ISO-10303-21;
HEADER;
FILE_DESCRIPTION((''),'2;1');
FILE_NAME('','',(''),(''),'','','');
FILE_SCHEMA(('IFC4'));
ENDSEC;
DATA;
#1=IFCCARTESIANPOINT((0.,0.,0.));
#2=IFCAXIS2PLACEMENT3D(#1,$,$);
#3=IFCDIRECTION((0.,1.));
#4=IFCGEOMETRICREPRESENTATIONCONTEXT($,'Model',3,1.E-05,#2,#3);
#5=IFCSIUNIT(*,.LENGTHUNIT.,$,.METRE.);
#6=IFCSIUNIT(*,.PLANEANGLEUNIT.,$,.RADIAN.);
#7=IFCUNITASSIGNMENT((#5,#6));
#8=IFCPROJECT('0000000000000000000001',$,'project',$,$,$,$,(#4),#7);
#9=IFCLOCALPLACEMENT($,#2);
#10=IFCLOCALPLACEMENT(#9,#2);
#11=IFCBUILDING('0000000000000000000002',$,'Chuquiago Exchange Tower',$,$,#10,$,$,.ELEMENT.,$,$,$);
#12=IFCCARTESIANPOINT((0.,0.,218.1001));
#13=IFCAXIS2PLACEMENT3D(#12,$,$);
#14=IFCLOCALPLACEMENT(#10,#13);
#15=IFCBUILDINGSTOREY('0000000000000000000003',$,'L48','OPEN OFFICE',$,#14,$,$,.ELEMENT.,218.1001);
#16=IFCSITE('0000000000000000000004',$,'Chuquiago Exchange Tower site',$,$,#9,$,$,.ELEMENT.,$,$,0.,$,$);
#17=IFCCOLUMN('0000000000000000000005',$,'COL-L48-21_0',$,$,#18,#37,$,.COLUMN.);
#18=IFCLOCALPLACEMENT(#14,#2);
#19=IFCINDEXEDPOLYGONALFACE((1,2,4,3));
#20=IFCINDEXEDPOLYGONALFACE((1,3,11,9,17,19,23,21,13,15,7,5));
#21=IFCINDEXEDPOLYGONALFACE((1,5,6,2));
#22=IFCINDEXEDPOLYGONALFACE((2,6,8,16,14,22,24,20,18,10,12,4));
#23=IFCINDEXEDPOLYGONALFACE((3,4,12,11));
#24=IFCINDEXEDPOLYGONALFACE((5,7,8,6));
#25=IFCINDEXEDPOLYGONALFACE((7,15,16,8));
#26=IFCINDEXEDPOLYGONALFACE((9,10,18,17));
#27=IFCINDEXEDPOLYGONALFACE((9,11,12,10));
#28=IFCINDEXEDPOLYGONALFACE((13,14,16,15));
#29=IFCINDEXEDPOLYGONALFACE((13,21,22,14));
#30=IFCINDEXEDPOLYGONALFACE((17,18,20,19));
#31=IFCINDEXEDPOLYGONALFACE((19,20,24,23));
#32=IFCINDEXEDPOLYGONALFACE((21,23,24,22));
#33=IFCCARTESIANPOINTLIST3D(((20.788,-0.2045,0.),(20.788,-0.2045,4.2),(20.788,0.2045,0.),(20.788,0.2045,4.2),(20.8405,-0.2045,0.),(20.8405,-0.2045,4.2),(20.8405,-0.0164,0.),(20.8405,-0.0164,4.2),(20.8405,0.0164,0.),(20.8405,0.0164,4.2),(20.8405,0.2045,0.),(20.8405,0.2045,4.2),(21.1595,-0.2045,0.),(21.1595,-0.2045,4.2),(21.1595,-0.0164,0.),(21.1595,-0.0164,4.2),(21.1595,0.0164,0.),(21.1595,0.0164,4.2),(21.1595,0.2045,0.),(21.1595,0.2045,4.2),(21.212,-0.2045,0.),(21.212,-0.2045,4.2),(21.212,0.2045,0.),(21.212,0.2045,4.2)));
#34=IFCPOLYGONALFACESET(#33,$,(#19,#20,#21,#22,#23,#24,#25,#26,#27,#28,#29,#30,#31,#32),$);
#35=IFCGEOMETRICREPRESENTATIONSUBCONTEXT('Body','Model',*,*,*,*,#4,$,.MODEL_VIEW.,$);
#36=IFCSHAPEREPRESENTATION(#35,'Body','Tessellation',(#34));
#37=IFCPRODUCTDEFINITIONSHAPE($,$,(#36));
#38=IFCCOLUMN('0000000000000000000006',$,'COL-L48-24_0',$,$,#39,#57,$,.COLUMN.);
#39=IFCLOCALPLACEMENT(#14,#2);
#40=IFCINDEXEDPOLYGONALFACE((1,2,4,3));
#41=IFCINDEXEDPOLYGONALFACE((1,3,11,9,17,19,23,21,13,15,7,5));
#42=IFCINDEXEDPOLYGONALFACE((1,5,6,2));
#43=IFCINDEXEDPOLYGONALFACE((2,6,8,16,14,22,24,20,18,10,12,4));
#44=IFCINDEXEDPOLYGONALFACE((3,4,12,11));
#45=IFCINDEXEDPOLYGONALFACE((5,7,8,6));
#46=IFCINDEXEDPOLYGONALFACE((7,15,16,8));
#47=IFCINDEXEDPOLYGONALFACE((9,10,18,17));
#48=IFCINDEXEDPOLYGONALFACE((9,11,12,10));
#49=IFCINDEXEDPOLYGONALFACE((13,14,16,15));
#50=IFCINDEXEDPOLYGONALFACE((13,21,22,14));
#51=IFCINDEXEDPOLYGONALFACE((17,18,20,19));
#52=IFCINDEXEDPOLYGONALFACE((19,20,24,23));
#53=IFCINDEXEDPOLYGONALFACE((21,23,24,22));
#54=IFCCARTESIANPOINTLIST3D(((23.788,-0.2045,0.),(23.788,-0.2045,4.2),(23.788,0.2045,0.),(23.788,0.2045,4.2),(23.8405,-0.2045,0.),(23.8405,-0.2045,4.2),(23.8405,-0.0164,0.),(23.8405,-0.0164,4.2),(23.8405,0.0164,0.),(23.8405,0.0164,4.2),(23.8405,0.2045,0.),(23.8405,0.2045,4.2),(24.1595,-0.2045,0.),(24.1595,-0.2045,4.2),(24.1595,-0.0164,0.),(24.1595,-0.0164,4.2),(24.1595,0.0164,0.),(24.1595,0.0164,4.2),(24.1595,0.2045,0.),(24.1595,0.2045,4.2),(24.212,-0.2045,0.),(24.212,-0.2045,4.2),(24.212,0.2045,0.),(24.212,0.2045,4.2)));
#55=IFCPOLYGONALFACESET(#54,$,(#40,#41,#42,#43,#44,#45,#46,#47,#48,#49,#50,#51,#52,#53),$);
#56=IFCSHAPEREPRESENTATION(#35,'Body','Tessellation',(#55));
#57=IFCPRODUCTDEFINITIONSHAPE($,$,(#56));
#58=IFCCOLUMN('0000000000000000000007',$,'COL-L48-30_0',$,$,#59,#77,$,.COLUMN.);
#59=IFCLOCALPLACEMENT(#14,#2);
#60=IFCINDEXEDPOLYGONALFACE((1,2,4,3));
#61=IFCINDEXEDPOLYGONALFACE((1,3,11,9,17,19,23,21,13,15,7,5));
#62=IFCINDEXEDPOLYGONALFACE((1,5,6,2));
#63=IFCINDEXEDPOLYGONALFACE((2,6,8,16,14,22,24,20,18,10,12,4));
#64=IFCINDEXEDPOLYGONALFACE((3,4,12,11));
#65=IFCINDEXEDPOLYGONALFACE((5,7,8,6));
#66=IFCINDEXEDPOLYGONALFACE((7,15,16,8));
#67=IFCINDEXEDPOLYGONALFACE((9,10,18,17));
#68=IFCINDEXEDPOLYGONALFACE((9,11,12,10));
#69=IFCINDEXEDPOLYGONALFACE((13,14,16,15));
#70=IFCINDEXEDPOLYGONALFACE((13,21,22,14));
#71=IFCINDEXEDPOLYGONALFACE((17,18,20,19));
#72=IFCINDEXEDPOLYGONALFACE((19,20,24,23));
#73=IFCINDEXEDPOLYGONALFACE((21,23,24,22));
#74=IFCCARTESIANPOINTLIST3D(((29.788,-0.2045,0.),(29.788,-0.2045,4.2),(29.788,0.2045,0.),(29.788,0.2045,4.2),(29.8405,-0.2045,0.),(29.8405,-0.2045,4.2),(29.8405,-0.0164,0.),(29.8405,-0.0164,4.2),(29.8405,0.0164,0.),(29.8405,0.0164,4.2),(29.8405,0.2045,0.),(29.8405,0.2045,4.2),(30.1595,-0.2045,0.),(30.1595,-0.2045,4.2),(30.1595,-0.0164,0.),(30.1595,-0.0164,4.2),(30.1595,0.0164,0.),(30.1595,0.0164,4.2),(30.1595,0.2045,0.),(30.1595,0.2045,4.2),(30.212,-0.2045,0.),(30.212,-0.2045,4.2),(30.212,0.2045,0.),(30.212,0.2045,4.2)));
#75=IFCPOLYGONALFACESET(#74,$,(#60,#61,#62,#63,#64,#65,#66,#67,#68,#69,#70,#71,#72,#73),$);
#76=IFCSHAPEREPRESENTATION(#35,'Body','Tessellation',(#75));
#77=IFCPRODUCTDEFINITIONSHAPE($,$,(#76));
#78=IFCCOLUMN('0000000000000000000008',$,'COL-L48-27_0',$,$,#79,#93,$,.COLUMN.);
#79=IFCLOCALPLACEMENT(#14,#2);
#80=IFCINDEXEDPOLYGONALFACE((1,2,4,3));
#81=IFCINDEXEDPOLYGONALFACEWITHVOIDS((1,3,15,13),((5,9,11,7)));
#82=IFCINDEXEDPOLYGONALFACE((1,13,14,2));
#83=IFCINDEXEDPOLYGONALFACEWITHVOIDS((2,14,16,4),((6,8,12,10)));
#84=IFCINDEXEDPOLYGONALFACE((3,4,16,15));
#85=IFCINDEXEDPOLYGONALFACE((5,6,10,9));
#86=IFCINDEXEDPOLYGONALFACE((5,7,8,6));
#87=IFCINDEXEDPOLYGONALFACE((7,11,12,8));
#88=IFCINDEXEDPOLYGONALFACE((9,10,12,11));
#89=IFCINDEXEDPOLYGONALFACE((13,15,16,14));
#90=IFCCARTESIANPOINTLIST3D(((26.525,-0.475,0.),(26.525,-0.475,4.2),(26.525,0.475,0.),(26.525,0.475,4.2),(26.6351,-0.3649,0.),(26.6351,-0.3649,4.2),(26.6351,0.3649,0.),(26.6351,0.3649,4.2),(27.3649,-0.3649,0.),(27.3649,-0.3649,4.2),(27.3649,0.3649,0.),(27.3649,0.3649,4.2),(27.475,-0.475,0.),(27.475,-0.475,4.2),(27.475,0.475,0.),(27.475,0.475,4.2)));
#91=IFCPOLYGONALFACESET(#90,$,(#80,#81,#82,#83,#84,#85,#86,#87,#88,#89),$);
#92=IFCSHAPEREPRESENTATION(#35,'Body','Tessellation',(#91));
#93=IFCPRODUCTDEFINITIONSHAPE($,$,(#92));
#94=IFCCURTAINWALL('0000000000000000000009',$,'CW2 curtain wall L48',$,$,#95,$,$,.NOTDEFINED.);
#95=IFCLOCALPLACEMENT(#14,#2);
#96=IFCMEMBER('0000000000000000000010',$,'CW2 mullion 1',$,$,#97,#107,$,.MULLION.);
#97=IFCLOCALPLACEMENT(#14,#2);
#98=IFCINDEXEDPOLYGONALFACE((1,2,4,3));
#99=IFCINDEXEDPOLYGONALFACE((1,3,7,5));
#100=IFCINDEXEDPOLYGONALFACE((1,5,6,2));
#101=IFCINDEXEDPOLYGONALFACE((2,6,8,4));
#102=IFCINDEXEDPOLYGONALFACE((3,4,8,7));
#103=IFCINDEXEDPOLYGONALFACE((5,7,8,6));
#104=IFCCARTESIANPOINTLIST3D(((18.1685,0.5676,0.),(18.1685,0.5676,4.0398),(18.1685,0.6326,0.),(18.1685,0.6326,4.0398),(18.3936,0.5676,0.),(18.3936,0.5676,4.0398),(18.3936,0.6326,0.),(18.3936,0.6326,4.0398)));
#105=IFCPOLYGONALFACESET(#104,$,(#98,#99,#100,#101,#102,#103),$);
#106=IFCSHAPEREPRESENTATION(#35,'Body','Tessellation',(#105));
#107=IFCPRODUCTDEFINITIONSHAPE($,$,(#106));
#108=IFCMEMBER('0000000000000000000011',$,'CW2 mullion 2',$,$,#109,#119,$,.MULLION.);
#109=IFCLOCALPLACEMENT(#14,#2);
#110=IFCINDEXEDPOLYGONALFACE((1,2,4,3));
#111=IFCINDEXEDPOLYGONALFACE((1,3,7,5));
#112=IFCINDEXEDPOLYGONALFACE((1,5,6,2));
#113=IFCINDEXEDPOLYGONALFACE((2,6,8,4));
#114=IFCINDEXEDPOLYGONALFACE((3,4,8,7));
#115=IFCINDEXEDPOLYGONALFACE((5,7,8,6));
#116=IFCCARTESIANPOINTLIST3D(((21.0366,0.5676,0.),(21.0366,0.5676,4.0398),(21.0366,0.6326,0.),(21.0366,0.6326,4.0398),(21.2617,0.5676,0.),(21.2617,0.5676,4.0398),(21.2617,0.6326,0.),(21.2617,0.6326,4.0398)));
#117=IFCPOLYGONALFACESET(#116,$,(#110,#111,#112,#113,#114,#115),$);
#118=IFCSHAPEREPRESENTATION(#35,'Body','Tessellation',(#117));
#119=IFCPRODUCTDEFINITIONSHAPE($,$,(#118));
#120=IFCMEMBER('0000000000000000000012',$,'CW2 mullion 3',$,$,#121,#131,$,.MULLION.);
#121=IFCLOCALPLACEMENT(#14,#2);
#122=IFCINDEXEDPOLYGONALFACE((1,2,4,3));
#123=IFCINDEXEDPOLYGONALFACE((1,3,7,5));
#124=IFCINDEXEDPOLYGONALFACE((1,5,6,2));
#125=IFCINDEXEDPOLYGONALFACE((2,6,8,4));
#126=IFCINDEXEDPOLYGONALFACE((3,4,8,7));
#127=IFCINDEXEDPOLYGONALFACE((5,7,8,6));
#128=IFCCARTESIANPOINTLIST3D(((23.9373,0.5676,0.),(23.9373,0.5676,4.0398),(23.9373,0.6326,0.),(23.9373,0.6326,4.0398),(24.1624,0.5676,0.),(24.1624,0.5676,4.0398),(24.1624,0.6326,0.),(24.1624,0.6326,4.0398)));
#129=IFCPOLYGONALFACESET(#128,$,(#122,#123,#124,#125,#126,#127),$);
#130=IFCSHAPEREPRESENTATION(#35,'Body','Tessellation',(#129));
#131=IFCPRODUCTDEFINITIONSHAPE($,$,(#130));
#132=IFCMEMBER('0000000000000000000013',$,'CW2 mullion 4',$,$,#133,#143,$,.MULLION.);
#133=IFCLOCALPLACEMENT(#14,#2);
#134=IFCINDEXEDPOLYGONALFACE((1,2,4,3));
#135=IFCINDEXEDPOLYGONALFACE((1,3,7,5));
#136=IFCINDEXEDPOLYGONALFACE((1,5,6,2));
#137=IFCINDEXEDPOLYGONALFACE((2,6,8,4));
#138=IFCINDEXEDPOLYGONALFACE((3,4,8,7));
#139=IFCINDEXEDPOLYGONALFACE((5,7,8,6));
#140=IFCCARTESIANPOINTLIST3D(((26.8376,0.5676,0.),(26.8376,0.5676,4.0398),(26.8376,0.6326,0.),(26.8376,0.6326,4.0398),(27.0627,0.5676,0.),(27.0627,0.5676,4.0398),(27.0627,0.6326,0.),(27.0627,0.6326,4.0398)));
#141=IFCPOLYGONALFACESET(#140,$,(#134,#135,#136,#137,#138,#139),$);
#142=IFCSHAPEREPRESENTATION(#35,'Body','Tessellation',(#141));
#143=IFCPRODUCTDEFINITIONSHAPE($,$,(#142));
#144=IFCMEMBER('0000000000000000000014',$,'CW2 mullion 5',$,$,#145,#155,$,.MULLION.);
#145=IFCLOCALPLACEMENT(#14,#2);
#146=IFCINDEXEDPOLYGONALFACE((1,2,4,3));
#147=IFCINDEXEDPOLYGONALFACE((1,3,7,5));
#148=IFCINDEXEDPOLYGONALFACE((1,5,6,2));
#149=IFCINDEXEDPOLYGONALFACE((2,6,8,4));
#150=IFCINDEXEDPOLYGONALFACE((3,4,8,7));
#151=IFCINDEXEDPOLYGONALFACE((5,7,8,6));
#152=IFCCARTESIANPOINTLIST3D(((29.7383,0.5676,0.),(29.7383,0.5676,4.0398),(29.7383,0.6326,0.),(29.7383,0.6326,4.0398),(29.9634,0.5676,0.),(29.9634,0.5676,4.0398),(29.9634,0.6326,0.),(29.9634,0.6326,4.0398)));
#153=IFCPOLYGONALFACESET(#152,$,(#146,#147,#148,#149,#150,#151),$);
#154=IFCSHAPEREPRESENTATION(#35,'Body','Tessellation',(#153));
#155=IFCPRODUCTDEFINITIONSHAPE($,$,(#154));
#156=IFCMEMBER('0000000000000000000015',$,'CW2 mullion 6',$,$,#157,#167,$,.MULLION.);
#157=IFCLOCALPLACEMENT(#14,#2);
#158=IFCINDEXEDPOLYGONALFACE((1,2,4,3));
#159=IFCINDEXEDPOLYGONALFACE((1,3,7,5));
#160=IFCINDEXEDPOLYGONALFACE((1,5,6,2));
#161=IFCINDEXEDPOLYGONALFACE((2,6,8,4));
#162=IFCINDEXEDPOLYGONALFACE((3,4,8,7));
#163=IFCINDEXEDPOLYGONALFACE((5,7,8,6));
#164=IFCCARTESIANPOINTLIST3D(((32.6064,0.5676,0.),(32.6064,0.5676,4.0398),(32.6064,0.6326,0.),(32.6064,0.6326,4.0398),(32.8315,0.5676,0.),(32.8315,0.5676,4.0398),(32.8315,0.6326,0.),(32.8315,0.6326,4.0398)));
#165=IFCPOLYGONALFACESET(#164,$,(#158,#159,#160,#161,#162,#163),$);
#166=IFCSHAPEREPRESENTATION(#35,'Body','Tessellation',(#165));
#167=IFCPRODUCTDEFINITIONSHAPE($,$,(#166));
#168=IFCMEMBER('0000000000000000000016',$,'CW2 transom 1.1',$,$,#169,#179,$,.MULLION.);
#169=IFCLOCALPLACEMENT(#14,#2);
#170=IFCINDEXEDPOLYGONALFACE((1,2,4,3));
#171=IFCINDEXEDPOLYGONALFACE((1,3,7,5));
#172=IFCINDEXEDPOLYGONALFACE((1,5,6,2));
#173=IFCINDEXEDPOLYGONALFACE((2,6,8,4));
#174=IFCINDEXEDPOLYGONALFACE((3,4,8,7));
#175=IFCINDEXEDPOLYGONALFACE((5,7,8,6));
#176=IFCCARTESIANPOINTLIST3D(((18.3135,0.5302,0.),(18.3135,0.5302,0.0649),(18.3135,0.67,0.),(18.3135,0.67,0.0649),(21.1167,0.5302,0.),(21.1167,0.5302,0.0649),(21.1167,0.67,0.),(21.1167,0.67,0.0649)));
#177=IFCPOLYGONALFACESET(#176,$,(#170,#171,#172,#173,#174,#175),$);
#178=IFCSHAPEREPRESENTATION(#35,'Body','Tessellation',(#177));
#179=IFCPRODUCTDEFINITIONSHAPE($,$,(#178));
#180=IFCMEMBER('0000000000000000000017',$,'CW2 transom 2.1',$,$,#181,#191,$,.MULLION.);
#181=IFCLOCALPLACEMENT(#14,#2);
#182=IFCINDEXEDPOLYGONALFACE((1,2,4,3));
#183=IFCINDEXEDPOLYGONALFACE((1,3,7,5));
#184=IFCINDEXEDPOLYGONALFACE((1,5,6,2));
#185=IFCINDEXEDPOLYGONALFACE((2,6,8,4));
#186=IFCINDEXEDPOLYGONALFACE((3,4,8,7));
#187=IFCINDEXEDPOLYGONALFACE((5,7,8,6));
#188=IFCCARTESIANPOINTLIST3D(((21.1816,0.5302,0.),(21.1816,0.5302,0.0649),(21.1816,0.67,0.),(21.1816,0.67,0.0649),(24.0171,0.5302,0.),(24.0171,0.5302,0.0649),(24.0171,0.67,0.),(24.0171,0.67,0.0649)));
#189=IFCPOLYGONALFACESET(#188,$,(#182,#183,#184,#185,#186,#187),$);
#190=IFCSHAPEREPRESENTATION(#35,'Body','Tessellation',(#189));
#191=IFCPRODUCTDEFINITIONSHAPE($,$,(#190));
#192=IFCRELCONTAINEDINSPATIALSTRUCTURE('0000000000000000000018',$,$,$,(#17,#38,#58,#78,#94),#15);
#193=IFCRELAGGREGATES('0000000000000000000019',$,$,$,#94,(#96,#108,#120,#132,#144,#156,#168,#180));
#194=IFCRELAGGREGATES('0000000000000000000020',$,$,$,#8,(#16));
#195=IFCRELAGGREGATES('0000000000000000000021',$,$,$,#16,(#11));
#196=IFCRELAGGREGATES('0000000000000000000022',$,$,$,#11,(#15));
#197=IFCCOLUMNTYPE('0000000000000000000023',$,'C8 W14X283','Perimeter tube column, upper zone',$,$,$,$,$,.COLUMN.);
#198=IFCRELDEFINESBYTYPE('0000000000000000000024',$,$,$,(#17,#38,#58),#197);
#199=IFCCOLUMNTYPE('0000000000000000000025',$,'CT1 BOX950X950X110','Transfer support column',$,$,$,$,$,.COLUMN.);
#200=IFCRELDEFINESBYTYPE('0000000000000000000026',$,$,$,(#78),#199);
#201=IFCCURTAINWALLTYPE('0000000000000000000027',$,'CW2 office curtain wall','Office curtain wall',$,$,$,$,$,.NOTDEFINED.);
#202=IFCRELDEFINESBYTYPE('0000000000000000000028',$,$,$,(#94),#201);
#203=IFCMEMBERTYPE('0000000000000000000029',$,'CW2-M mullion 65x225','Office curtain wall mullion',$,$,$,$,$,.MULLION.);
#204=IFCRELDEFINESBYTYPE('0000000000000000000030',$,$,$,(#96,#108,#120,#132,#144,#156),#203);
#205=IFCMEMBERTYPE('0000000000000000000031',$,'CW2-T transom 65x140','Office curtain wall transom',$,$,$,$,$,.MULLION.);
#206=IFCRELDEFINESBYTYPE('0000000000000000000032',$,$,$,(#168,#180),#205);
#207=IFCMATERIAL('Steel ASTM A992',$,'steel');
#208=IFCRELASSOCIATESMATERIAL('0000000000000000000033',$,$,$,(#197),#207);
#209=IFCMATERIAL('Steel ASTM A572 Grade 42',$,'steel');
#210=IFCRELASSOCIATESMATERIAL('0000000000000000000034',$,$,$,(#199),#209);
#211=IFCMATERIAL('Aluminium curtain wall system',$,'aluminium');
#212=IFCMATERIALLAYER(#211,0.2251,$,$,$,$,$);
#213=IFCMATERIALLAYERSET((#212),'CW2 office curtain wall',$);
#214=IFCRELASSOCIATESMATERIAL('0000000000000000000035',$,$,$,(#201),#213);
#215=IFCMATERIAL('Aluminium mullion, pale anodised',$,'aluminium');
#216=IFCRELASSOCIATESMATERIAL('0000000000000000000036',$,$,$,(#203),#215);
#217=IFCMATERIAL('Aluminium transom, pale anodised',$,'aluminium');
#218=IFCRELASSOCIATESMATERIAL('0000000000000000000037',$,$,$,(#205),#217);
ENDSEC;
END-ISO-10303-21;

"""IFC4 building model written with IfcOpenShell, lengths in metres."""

from ifc_helpers import new_model, si_unit, direction, frame, origin, origin_2d, place, context, subcontext, project, spatial, rectangle, hollow_rectangle, i_section, extrude, material, layer, layer_set, material_profile, profile_set, type_object, element, aggregate, save


model = new_model("IFC4")

# Units and contexts
model_context = context("Model", 3, precision=1e-05, world=origin(), true_north=direction((0.0, 1.0)))
body_context = subcontext(model_context, "Body", "Model", "MODEL_VIEW")
ifc_project = project(units=[si_unit("LENGTHUNIT", "METRE"), si_unit("PLANEANGLEUNIT", "RADIAN")], contexts=[model_context])

# Site, building, storey
site_placement = place(None, origin())
site = spatial("IfcSite", under=ifc_project, at=site_placement, Name="Chuquiago Exchange Tower site", CompositionType="ELEMENT", RefElevation=0.0)
building_placement = place(site_placement, origin())
building = spatial("IfcBuilding", under=site, at=building_placement, Name="Chuquiago Exchange Tower", CompositionType="ELEMENT")
storey_placement = place(building_placement, frame((0.0, 0.0, 218.1001)))
storey = spatial("IfcBuildingStorey", under=building, at=storey_placement, Name="L48", Description="OPEN OFFICE", CompositionType="ELEMENT", Elevation=218.1001)

# Columns
ifc_material_1 = material(Name="Steel ASTM A992", Category="steel")
ifc_material_profile_1 = material_profile(ifc_material_1, i_section(OverallWidth=0.4089, OverallDepth=0.4241, WebThickness=0.0327, FlangeThickness=0.0525, at=origin_2d()), Name="W14X283")
ifc_profile_set_1 = profile_set([ifc_material_profile_1], Name="Steel ASTM A992")
column_type_1 = type_object("IfcColumnType", Name="C8 W14X283", Description="Perimeter tube column, upper zone", PredefinedType="COLUMN", material=ifc_profile_set_1)
for number, where, z_axis, x_axis, name in (
    (1, (21.0, 0.0, 0.0), (0.0, 0.0, 1.0), (0.0, -1.0, 0.0), "COL-L48-21_0"),
    (2, (24.0, 0.0, 0.0), (0.0, 0.0, 1.0), (0.0, -1.0, 0.0), "COL-L48-24_0"),
    (3, (30.0, 0.0, 0.0), (0.0, 0.0, 1.0), (0.0, -1.0, 0.0), "COL-L48-30_0"),
):
    element("IfcColumn", number, at=place(storey_placement, frame(where, z_axis=z_axis, x_axis=x_axis)), inside=storey, type_object=column_type_1, Name=name, PredefinedType="COLUMN", context=body_context, shape_type="SweptSolid", body=[
        extrude(i_section(OverallWidth=0.4089, OverallDepth=0.4241, WebThickness=0.0327, FlangeThickness=0.0525, at=origin_2d()), origin(), (0.0, 0.0, 1.0), 4.2),
    ])
ifc_material_2 = material(Name="Steel ASTM A572 Grade 42", Category="steel")
ifc_material_profile_2 = material_profile(ifc_material_2, hollow_rectangle(XDim=0.95, YDim=0.95, WallThickness=0.1101, at=origin_2d()), Name="BOX950X950X110")
ifc_profile_set_2 = profile_set([ifc_material_profile_2], Name="Steel ASTM A572 Grade 42")
column_type_2 = type_object("IfcColumnType", Name="CT1 BOX950X950X110", Description="Transfer support column", PredefinedType="COLUMN", material=ifc_profile_set_2)
column_placement = place(storey_placement, frame((27.0, 0.0, 0.0), z_axis=(0.0, 0.0, 1.0), x_axis=(0.0, -1.0, 0.0)))
element("IfcColumn", 4, at=column_placement, inside=storey, type_object=column_type_2, Name="COL-L48-27_0", PredefinedType="COLUMN", context=body_context, shape_type="SweptSolid", body=[
    extrude(hollow_rectangle(XDim=0.95, YDim=0.95, WallThickness=0.1101, at=origin_2d()), origin(), (0.0, 0.0, 1.0), 4.2),
])

# Curtain wall, members
ifc_material_3 = material(Name="Aluminium curtain wall system", Category="aluminium")
ifc_layer_1 = layer(ifc_material_3, 0.2251)
ifc_layer_set_1 = layer_set([ifc_layer_1], Name="CW2 office curtain wall")
curtain_wall_type_1 = type_object("IfcCurtainWallType", Name="CW2 office curtain wall", Description="Office curtain wall", PredefinedType="NOTDEFINED", material=ifc_layer_set_1)
curtain_wall_1_placement = place(storey_placement, origin())
curtain_wall_1 = element("IfcCurtainWall", 5, at=curtain_wall_1_placement, inside=storey, type_object=curtain_wall_type_1, Name="CW2 curtain wall L48", PredefinedType="NOTDEFINED")
ifc_material_4 = material(Name="Aluminium mullion, pale anodised", Category="aluminium")
ifc_material_profile_3 = material_profile(ifc_material_4, rectangle(XDim=0.0649, YDim=0.2251, at=origin_2d()), Name="AL 65x225")
ifc_profile_set_3 = profile_set([ifc_material_profile_3], Name="Aluminium mullion, pale anodised")
member_type_1 = type_object("IfcMemberType", Name="CW2-M mullion 65x225", Description="Office curtain wall mullion", PredefinedType="MULLION", material=ifc_profile_set_3)
member_1_placement = place(storey_placement, frame((18.281, 0.6001, 0.0), z_axis=(0.0, 0.0, 1.0), x_axis=(0.0, 1.0, 0.0)))
member_1 = element("IfcMember", 6, at=member_1_placement, type_object=member_type_1, Name="CW2 mullion 1", PredefinedType="MULLION", context=body_context, shape_type="SweptSolid", body=[
    extrude(rectangle(XDim=0.0649, YDim=0.2251, at=origin_2d()), origin(), (0.0, 0.0, 1.0), 4.0398),
])
member_2_placement = place(storey_placement, frame((21.1492, 0.6001, 0.0), z_axis=(0.0, 0.0, 1.0), x_axis=(0.0, 1.0, 0.0)))
member_2 = element("IfcMember", 7, at=member_2_placement, type_object=member_type_1, Name="CW2 mullion 2", PredefinedType="MULLION", context=body_context, shape_type="SweptSolid", body=[
    extrude(rectangle(XDim=0.0649, YDim=0.2251, at=origin_2d()), origin(), (0.0, 0.0, 1.0), 4.0398),
])
member_3_placement = place(storey_placement, frame((24.0498, 0.6001, 0.0), z_axis=(0.0, 0.0, 1.0), x_axis=(0.0, 1.0, 0.0)))
member_3 = element("IfcMember", 8, at=member_3_placement, type_object=member_type_1, Name="CW2 mullion 3", PredefinedType="MULLION", context=body_context, shape_type="SweptSolid", body=[
    extrude(rectangle(XDim=0.0649, YDim=0.2251, at=origin_2d()), origin(), (0.0, 0.0, 1.0), 4.0398),
])
member_4_placement = place(storey_placement, frame((26.9502, 0.6001, 0.0), z_axis=(0.0, 0.0, 1.0), x_axis=(0.0, 1.0, 0.0)))
member_4 = element("IfcMember", 9, at=member_4_placement, type_object=member_type_1, Name="CW2 mullion 4", PredefinedType="MULLION", context=body_context, shape_type="SweptSolid", body=[
    extrude(rectangle(XDim=0.0649, YDim=0.2251, at=origin_2d()), origin(), (0.0, 0.0, 1.0), 4.0398),
])
member_5_placement = place(storey_placement, frame((29.8508, 0.6001, 0.0), z_axis=(0.0, 0.0, 1.0), x_axis=(0.0, 1.0, 0.0)))
member_5 = element("IfcMember", 10, at=member_5_placement, type_object=member_type_1, Name="CW2 mullion 5", PredefinedType="MULLION", context=body_context, shape_type="SweptSolid", body=[
    extrude(rectangle(XDim=0.0649, YDim=0.2251, at=origin_2d()), origin(), (0.0, 0.0, 1.0), 4.0398),
])
member_6_placement = place(storey_placement, frame((32.719, 0.6001, 0.0), z_axis=(0.0, 0.0, 1.0), x_axis=(0.0, 1.0, 0.0)))
member_6 = element("IfcMember", 11, at=member_6_placement, type_object=member_type_1, Name="CW2 mullion 6", PredefinedType="MULLION", context=body_context, shape_type="SweptSolid", body=[
    extrude(rectangle(XDim=0.0649, YDim=0.2251, at=origin_2d()), origin(), (0.0, 0.0, 1.0), 4.0398),
])
ifc_material_5 = material(Name="Aluminium transom, pale anodised", Category="aluminium")
ifc_material_profile_4 = material_profile(ifc_material_5, rectangle(XDim=0.1399, YDim=0.0649, at=origin_2d()), Name="AL 140x65")
ifc_profile_set_4 = profile_set([ifc_material_profile_4], Name="Aluminium transom, pale anodised")
member_type_2 = type_object("IfcMemberType", Name="CW2-T transom 65x140", Description="Office curtain wall transom", PredefinedType="MULLION", material=ifc_profile_set_4)
member_7_placement = place(storey_placement, frame((18.3135, 0.6001, 0.0325), z_axis=(1.0, 0.0, 0.0), x_axis=(0.0, 1.0, 0.0)))
member_7 = element("IfcMember", 12, at=member_7_placement, type_object=member_type_2, Name="CW2 transom 1.1", PredefinedType="MULLION", context=body_context, shape_type="SweptSolid", body=[
    extrude(rectangle(XDim=0.1399, YDim=0.0649, at=origin_2d()), origin(), (0.0, 0.0, 1.0), 2.8032),
])
member_8_placement = place(storey_placement, frame((21.1816, 0.6001, 0.0325), z_axis=(1.0, 0.0, 0.0), x_axis=(0.0, 1.0, 0.0)))
member_8 = element("IfcMember", 13, at=member_8_placement, type_object=member_type_2, Name="CW2 transom 2.1", PredefinedType="MULLION", context=body_context, shape_type="SweptSolid", body=[
    extrude(rectangle(XDim=0.1399, YDim=0.0649, at=origin_2d()), origin(), (0.0, 0.0, 1.0), 2.8354),
])

aggregate(curtain_wall_1, [member_1, member_2, member_3, member_4, member_5, member_6, member_7, member_8])

save(model, "model.ifc")
